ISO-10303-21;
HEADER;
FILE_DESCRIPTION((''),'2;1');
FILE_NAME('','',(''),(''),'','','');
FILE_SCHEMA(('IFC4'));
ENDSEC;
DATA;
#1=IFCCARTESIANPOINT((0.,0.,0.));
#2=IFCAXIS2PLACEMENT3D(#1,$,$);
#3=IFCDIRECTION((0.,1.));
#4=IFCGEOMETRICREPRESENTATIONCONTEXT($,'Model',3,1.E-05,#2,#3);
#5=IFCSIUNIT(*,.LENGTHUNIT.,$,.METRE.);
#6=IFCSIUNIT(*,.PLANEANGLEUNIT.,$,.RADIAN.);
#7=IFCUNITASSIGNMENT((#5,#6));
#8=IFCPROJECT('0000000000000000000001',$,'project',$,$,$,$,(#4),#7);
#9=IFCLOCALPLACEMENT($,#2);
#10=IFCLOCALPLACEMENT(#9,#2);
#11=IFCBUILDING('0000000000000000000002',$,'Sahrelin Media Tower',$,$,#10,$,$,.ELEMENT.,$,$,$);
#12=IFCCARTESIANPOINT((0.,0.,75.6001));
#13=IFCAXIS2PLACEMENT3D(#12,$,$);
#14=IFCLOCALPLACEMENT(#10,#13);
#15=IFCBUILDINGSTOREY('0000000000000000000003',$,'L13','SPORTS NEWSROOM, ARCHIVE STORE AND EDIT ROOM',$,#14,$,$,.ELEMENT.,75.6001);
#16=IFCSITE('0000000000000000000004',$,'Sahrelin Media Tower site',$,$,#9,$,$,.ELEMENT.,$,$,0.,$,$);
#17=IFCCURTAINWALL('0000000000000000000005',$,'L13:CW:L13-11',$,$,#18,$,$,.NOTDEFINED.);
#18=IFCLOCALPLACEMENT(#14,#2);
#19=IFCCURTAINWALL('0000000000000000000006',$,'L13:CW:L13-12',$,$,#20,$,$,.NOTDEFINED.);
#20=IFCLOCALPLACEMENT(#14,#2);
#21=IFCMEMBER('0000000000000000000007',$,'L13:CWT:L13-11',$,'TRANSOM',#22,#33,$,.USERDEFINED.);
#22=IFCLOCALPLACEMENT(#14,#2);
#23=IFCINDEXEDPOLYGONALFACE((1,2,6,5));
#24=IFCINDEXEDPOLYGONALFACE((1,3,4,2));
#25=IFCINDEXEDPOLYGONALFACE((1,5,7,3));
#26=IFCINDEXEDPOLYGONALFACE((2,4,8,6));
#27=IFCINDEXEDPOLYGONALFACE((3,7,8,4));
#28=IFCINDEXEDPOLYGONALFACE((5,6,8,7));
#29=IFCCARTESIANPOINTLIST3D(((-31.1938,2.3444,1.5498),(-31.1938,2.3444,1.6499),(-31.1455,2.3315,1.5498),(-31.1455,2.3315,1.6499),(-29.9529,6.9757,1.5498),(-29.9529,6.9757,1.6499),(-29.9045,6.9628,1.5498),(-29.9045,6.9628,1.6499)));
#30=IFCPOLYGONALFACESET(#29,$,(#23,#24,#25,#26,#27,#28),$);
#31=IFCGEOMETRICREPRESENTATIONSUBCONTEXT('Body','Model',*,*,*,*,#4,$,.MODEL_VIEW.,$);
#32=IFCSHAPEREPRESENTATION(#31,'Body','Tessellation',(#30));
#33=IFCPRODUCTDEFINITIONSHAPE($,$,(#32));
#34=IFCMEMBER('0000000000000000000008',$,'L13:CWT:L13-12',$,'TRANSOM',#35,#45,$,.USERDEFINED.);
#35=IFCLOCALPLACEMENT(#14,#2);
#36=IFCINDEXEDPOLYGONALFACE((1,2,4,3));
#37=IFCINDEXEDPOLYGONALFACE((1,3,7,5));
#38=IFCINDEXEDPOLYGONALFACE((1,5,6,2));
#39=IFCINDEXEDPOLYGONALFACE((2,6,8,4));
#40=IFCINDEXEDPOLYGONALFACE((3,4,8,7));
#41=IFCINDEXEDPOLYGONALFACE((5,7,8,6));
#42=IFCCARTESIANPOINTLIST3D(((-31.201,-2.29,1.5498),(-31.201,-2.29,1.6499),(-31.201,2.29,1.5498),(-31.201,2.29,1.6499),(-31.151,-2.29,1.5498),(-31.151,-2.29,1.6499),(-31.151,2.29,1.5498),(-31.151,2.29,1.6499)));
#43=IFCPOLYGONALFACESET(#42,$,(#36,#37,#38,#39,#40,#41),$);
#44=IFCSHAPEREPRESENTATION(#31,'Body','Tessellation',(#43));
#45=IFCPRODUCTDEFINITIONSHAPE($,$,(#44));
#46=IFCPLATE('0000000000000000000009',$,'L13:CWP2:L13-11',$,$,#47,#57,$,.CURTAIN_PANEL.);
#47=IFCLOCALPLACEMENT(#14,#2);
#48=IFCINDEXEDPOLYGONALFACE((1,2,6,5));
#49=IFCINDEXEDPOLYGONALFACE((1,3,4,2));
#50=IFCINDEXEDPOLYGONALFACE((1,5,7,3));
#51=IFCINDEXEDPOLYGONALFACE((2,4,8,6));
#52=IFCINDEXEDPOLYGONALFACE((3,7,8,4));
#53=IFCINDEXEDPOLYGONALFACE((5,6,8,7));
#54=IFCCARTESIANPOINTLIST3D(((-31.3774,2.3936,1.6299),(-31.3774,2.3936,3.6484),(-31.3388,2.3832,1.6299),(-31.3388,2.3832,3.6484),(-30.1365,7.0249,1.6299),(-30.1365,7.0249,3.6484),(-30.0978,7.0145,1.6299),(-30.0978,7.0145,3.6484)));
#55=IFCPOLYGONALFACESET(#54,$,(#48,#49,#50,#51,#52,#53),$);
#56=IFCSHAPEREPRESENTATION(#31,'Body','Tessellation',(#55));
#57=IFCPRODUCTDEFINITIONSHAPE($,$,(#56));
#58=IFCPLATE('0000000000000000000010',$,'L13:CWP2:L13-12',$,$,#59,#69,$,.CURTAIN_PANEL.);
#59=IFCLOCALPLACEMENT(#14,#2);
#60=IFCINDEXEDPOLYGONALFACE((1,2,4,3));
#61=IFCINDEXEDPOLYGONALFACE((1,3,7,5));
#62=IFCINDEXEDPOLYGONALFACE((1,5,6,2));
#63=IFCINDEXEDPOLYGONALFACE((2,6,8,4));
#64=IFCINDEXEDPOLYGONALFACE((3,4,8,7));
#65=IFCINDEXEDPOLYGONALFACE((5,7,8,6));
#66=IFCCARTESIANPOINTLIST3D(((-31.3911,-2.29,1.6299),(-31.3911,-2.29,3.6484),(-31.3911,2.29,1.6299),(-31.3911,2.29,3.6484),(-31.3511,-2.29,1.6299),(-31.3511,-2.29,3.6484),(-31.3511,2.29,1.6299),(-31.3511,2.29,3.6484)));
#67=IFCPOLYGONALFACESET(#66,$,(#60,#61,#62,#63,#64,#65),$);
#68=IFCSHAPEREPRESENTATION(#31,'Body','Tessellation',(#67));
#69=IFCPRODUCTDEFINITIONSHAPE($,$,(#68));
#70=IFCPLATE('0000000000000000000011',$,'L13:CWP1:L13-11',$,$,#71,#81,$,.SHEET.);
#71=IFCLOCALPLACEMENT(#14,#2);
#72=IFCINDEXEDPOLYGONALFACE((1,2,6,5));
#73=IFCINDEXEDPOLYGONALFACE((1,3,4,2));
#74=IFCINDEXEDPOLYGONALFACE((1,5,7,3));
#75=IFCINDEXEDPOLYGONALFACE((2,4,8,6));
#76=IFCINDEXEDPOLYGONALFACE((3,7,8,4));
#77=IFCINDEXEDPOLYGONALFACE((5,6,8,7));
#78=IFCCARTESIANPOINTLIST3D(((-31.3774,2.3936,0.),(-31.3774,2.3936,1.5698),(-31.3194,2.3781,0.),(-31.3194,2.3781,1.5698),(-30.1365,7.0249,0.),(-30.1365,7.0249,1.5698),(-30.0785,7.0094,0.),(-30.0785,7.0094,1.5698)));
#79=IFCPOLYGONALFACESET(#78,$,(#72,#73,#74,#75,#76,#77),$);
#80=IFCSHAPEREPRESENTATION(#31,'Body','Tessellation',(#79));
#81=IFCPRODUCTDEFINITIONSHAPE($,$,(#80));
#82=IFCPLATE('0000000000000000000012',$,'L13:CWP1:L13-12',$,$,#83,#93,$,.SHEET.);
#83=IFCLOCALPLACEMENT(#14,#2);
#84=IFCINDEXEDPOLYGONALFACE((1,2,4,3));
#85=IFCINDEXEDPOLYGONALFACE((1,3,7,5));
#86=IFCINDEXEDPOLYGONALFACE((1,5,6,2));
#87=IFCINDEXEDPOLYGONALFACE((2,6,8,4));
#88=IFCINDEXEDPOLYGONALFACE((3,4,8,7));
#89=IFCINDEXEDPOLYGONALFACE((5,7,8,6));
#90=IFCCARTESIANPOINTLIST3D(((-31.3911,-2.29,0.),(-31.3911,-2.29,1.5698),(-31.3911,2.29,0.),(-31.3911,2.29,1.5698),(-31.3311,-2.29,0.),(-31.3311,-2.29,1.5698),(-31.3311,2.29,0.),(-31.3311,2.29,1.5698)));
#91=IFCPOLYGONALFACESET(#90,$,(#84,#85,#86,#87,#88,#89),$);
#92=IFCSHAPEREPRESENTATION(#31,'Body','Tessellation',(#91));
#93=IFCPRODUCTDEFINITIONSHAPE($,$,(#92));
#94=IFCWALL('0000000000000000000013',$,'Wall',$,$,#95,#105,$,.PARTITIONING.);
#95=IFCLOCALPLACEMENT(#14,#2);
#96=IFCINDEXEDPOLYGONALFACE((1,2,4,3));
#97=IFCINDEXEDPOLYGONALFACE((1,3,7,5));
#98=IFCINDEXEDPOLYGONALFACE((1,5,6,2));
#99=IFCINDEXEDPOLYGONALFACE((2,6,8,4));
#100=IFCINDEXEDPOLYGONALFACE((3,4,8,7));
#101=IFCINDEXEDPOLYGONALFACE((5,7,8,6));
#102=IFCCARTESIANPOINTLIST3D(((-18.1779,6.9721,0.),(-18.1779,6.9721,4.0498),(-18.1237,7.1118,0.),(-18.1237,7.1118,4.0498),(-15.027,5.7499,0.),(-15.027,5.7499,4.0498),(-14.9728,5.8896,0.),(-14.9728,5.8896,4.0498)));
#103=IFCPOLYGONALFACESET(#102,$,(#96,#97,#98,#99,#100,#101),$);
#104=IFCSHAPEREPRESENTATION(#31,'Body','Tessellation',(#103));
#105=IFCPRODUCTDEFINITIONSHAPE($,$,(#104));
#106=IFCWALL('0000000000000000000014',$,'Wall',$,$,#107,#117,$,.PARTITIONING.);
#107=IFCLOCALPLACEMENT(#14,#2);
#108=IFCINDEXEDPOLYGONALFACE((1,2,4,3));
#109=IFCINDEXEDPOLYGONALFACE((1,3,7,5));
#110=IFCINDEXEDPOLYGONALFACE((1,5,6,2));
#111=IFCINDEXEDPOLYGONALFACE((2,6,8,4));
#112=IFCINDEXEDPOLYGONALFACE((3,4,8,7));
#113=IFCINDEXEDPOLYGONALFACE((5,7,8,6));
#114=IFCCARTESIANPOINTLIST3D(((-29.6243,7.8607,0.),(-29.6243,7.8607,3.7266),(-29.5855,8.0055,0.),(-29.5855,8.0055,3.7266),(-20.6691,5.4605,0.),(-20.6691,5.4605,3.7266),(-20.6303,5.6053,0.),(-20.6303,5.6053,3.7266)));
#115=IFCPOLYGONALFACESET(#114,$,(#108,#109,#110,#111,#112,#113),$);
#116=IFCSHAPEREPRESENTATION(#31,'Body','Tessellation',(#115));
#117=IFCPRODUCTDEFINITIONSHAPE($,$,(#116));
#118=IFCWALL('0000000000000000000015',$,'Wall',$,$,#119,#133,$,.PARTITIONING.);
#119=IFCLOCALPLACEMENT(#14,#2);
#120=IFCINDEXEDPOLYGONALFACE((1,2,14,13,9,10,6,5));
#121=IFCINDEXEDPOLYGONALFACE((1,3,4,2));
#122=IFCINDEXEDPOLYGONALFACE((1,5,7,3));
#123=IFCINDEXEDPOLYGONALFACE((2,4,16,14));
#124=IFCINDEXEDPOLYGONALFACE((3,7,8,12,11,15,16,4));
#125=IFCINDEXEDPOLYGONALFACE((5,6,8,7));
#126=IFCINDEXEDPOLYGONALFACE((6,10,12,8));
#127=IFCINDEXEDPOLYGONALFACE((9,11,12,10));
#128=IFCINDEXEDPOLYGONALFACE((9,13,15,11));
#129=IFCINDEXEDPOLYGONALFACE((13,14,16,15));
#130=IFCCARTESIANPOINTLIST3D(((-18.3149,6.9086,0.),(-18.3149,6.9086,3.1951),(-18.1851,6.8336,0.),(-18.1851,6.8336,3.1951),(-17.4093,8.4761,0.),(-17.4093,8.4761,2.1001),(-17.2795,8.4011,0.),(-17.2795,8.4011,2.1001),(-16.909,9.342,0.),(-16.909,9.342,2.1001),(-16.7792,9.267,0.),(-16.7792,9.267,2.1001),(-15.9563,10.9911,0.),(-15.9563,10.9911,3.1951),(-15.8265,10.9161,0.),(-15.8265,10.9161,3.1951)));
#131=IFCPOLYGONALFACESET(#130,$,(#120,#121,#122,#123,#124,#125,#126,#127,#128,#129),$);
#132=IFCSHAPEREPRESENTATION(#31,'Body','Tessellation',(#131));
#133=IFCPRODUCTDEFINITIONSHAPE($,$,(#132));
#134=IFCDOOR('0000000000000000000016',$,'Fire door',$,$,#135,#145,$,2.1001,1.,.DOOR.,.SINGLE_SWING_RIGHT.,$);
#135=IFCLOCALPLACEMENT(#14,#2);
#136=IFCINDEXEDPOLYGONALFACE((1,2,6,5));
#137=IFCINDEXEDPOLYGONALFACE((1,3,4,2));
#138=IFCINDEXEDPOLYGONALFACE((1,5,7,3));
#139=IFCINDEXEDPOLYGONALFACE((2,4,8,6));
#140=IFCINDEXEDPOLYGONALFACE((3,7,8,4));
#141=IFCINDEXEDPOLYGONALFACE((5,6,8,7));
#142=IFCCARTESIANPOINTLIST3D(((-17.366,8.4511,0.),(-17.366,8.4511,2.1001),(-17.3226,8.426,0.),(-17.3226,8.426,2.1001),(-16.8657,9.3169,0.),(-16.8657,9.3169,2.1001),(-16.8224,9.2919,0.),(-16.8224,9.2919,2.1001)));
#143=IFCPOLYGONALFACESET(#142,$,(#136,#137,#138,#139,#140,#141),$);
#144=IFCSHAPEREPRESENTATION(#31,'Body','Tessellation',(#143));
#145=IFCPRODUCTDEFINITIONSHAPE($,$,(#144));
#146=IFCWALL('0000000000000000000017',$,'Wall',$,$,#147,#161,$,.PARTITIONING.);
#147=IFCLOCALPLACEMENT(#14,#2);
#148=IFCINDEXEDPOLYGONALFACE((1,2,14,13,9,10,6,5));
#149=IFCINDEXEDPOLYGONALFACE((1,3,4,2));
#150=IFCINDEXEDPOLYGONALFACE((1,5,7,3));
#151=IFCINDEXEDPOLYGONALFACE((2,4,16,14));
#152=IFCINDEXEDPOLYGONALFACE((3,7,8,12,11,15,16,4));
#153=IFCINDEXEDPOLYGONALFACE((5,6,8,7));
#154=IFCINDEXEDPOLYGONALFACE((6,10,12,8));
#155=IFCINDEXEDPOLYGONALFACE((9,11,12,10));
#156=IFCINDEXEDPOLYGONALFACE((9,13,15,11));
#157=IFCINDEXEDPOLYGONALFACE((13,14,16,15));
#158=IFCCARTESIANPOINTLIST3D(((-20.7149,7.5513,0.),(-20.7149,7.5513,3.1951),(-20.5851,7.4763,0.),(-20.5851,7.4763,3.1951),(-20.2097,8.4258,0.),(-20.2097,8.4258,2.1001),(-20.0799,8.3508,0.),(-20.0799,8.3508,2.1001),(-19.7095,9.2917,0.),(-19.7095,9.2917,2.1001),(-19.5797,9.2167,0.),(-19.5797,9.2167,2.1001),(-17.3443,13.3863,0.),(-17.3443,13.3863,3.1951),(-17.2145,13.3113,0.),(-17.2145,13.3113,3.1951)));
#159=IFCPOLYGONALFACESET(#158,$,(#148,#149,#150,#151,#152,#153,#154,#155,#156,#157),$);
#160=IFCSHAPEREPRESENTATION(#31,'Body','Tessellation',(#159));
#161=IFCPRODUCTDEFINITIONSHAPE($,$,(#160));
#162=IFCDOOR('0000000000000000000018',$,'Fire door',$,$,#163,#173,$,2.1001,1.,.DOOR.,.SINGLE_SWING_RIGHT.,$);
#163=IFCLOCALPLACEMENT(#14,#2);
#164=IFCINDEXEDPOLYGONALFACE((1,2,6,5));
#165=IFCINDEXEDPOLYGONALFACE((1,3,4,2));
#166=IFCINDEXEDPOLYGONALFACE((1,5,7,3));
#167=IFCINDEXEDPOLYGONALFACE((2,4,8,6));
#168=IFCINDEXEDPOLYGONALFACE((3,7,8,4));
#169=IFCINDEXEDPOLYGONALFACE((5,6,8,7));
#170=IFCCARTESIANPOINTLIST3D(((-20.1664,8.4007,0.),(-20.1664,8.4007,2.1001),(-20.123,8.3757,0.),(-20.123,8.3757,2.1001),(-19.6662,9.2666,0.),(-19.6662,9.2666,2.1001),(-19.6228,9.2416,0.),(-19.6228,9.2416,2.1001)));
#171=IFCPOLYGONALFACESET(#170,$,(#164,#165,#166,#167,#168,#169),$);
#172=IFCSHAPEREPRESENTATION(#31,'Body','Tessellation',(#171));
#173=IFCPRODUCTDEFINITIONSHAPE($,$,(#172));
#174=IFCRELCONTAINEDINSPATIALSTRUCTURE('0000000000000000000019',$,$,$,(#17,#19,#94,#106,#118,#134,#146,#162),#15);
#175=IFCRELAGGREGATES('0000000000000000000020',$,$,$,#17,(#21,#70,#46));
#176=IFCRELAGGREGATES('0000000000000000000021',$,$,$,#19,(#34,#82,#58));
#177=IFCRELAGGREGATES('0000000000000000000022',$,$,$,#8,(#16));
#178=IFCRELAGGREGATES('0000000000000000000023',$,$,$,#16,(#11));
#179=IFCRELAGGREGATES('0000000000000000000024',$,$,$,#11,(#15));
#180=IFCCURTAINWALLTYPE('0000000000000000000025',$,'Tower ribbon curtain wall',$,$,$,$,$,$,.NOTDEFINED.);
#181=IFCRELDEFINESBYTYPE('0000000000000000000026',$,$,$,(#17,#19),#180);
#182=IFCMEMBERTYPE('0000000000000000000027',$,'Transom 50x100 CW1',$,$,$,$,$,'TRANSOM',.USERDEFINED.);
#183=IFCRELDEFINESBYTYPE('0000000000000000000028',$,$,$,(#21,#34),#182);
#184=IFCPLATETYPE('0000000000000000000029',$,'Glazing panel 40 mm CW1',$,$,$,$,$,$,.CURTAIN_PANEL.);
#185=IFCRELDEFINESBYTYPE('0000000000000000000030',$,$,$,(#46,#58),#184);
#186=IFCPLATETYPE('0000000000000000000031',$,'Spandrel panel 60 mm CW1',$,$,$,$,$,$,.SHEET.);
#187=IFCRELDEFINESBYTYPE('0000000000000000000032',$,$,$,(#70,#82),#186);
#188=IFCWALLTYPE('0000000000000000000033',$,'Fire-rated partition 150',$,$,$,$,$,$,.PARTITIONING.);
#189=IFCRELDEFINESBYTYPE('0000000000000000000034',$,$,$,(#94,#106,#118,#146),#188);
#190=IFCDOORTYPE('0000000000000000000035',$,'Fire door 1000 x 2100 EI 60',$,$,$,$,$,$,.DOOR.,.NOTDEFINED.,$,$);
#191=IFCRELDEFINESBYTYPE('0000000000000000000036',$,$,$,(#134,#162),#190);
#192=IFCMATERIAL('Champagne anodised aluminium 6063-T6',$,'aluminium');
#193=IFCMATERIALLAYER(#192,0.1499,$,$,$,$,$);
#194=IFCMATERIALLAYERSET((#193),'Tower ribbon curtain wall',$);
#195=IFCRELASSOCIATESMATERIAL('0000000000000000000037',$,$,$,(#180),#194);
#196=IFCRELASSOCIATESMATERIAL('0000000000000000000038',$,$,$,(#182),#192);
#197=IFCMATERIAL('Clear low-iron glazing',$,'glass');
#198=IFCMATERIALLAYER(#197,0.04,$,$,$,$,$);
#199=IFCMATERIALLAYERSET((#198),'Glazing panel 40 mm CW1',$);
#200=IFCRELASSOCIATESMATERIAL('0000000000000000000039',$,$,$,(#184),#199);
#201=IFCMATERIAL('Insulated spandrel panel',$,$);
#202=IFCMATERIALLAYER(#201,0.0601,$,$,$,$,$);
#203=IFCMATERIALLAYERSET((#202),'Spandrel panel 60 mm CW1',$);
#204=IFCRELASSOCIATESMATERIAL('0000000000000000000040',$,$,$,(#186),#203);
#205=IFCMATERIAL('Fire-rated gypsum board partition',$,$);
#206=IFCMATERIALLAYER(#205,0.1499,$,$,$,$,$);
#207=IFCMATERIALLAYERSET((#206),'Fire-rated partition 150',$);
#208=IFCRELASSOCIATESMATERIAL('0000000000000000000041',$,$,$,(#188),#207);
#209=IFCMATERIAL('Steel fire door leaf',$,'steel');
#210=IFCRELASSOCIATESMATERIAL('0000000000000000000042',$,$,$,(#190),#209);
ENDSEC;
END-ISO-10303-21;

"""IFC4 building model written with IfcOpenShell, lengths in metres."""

from ifc_helpers import new_model, si_unit, direction, frame, frame_2d, origin, origin_2d, place, context, subcontext, project, spatial, polyline, rectangle, outline, extrude, material, layer, layer_set, material_profile, profile_set, type_object, element, fill, aggregate, save


model = new_model("IFC4")

# Units and contexts
model_context = context("Model", 3, precision=1e-05, world=origin(), true_north=direction((0.0, 1.0)))
body_context = subcontext(model_context, "Body", "Model", "MODEL_VIEW")
ifc_project = project(units=[si_unit("LENGTHUNIT", "METRE"), si_unit("PLANEANGLEUNIT", "RADIAN")], contexts=[model_context])

# Site, building, storey
site_placement = place(None, origin())
site = spatial("IfcSite", under=ifc_project, at=site_placement, Name="Sahrelin Media Tower site", CompositionType="ELEMENT", RefElevation=0.0)
building_placement = place(site_placement, origin())
building = spatial("IfcBuilding", under=site, at=building_placement, Name="Sahrelin Media Tower", CompositionType="ELEMENT")
storey_placement = place(building_placement, frame((0.0, 0.0, 75.6001)))
storey = spatial("IfcBuildingStorey", under=building, at=storey_placement, Name="L13", Description="SPORTS NEWSROOM, ARCHIVE STORE AND EDIT ROOM", CompositionType="ELEMENT", Elevation=75.6001)

# Curtain walls
ifc_material_1 = material(Name="Champagne anodised aluminium 6063-T6", Category="aluminium")
ifc_layer_1 = layer(ifc_material_1, 0.1499)
ifc_layer_set_1 = layer_set([ifc_layer_1], Name="Tower ribbon curtain wall")
curtain_wall_type = type_object("IfcCurtainWallType", Name="Tower ribbon curtain wall", PredefinedType="NOTDEFINED", material=ifc_layer_set_1)
curtain_wall_1_placement = place(storey_placement, frame((-30.7375, 4.7041, 0.0), z_axis=(0.0, 0.0, 1.0), x_axis=(1.0, 0.0, 0.0)))
curtain_wall_1 = element("IfcCurtainWall", 1, at=curtain_wall_1_placement, inside=storey, type_object=curtain_wall_type, Name="L13:CW:L13-11", PredefinedType="NOTDEFINED")
curtain_wall_2_placement = place(storey_placement, frame((-31.3711, 0.0, 0.0), z_axis=(0.0, 0.0, 1.0), x_axis=(1.0, 0.0, 0.0)))
curtain_wall_2 = element("IfcCurtainWall", 2, at=curtain_wall_2_placement, inside=storey, type_object=curtain_wall_type, Name="L13:CW:L13-12", PredefinedType="NOTDEFINED")

# Members
ifc_material_profile_1 = material_profile(ifc_material_1, rectangle(XDim=0.05, YDim=0.1001, at=origin_2d()), Name="Transom 50x100")
ifc_profile_set_1 = profile_set([ifc_material_profile_1], Name="Champagne anodised aluminium 6063-T6")
member_type_1 = type_object("IfcMemberType", Name="Transom 50x100 CW1", ElementType="TRANSOM", PredefinedType="USERDEFINED", material=ifc_profile_set_1)
member_1_placement = place(storey_placement, frame((-29.9287, 6.9692, 1.5999), z_axis=(-0.258819, -0.965926, 0.0), x_axis=(0.965926, -0.258819, 0.0)))
member_1 = element("IfcMember", 3, at=member_1_placement, type_object=member_type_1, Name="L13:CWT:L13-11", ObjectType="TRANSOM", PredefinedType="USERDEFINED", context=body_context, shape_type="SweptSolid", body=[
    extrude(rectangle(XDim=0.05, YDim=0.1001, at=origin_2d()), origin(), (0.0, 0.0, 1.0), 4.7947),
])
member_2_placement = place(storey_placement, frame((-31.176, 2.29, 1.5999), z_axis=(0.0, -1.0, 0.0), x_axis=(1.0, 0.0, 0.0)))
member_2 = element("IfcMember", 4, at=member_2_placement, type_object=member_type_1, Name="L13:CWT:L13-12", ObjectType="TRANSOM", PredefinedType="USERDEFINED", context=body_context, shape_type="SweptSolid", body=[
    extrude(rectangle(XDim=0.05, YDim=0.1001, at=origin_2d()), origin(), (0.0, 0.0, 1.0), 4.5801),
])

# Plates
ifc_material_2 = material(Name="Clear low-iron glazing", Category="glass")
ifc_layer_2 = layer(ifc_material_2, 0.04)
ifc_layer_set_2 = layer_set([ifc_layer_2], Name="Glazing panel 40 mm CW1")
plate_type_1 = type_object("IfcPlateType", Name="Glazing panel 40 mm CW1", PredefinedType="CURTAIN_PANEL", material=ifc_layer_set_2)
plate_1_placement = place(storey_placement, frame((-30.1365, 7.0249, 1.6299), z_axis=(-0.965926, 0.258819, 0.0), x_axis=(-0.258819, -0.965926, 0.0)))
plate_1 = element("IfcPlate", 5, at=plate_1_placement, type_object=plate_type_1, Name="L13:CWP2:L13-11", PredefinedType="CURTAIN_PANEL", context=body_context, shape_type="SweptSolid", body=[
    extrude(outline(polyline([(0.0, 0.0), (4.7947, 0.0), (4.7947, 2.0186), (0.0, 2.0186), (0.0, 0.0)])), origin(), (0.0, 0.0, -1.0), 0.04),
])
plate_2_placement = place(storey_placement, frame((-31.3911, 2.29, 1.6299), z_axis=(-1.0, 0.0, 0.0), x_axis=(0.0, -1.0, 0.0)))
plate_2 = element("IfcPlate", 6, at=plate_2_placement, type_object=plate_type_1, Name="L13:CWP2:L13-12", PredefinedType="CURTAIN_PANEL", context=body_context, shape_type="SweptSolid", body=[
    extrude(outline(polyline([(0.0, 0.0), (4.5801, 0.0), (4.5801, 2.0186), (0.0, 2.0186), (0.0, 0.0)])), origin(), (0.0, 0.0, -1.0), 0.04),
])
ifc_material_3 = material(Name="Insulated spandrel panel")
ifc_layer_3 = layer(ifc_material_3, 0.0601)
ifc_layer_set_3 = layer_set([ifc_layer_3], Name="Spandrel panel 60 mm CW1")
plate_type_2 = type_object("IfcPlateType", Name="Spandrel panel 60 mm CW1", PredefinedType="SHEET", material=ifc_layer_set_3)
plate_3_placement = place(storey_placement, frame((-30.1365, 7.0249, 0.0), z_axis=(-0.965926, 0.258819, 0.0), x_axis=(-0.258819, -0.965926, 0.0)))
plate_3 = element("IfcPlate", 7, at=plate_3_placement, type_object=plate_type_2, Name="L13:CWP1:L13-11", PredefinedType="SHEET", context=body_context, shape_type="SweptSolid", body=[
    extrude(outline(polyline([(0.0, 0.0), (4.7947, 0.0), (4.7947, 1.5698), (0.0, 1.5698), (0.0, 0.0)])), origin(), (0.0, 0.0, -1.0), 0.0601),
])
aggregate(curtain_wall_1, [member_1, plate_3, plate_1])
plate_4_placement = place(storey_placement, frame((-31.3911, 2.29, 0.0), z_axis=(-1.0, 0.0, 0.0), x_axis=(0.0, -1.0, 0.0)))
plate_4 = element("IfcPlate", 8, at=plate_4_placement, type_object=plate_type_2, Name="L13:CWP1:L13-12", PredefinedType="SHEET", context=body_context, shape_type="SweptSolid", body=[
    extrude(outline(polyline([(0.0, 0.0), (4.5801, 0.0), (4.5801, 1.5698), (0.0, 1.5698), (0.0, 0.0)])), origin(), (0.0, 0.0, -1.0), 0.0601),
])
aggregate(curtain_wall_2, [member_2, plate_4, plate_2])

# Walls
ifc_material_4 = material(Name="Fire-rated gypsum board partition")
ifc_layer_4 = layer(ifc_material_4, 0.1499)
ifc_layer_set_4 = layer_set([ifc_layer_4], Name="Fire-rated partition 150")
wall_type_1 = type_object("IfcWallType", Name="Fire-rated partition 150", PredefinedType="PARTITIONING", material=ifc_layer_set_4)
wall_1_placement = place(storey_placement, frame((-18.1509, 7.042, 0.0), z_axis=(0.0, 0.0, 1.0), x_axis=(0.932322, -0.36163, 0.0)))
element("IfcWall", 9, at=wall_1_placement, inside=storey, type_object=wall_type_1, Name="Wall", PredefinedType="PARTITIONING", context=body_context, shape_type="SweptSolid", body=[
    extrude(rectangle(XDim=3.3796, YDim=0.1499, at=frame_2d((1.6899, 0.0))), origin(), (0.0, 0.0, 1.0), 4.0498),
])
wall_2_placement = place(storey_placement, frame((-29.605, 7.9331, 0.0), z_axis=(0.0, 0.0, 1.0), x_axis=(0.965909, -0.258884, 0.0)))
element("IfcWall", 10, at=wall_2_placement, inside=storey, type_object=wall_type_1, Name="Wall", PredefinedType="PARTITIONING", context=body_context, shape_type="SweptSolid", body=[
    extrude(rectangle(XDim=9.2712, YDim=0.1499, at=frame_2d((4.6357, 0.0))), origin(), (0.0, 0.0, 1.0), 3.7266),
])

# Walls, openings, doors
wall_3_placement = place(storey_placement, frame((-18.25, 6.8711, 0.0), z_axis=(0.0, 0.0, 1.0), x_axis=(0.500254, 0.865879, 0.0)))
wall_3 = element("IfcWall", 11, at=wall_3_placement, inside=storey, type_object=wall_type_1, Name="Wall", PredefinedType="PARTITIONING", context=body_context, shape_type="SweptSolid", body=[
    extrude(rectangle(XDim=4.7148, YDim=0.1499, at=frame_2d((2.3574, 0.0))), origin(), (0.0, 0.0, 1.0), 3.1951),
])
opening_1_placement = place(wall_3_placement, frame((1.8103, 0.0, 0.0)))
opening_1 = element("IfcOpeningElement", 12, at=opening_1_placement, cuts=wall_3, PredefinedType="OPENING", context=body_context, shape_type="SweptSolid", body=[
    extrude(rectangle(XDim=1.0, YDim=2.1001, at=frame_2d((0.5, 1.05))), frame((0.0, 0.075, 0.0), z_axis=(0.0, -1.0, 0.0), x_axis=(1.0, 0.0, 0.0)), (0.0, 0.0, 1.0), 0.1499),
])
ifc_material_5 = material(Name="Steel fire door leaf", Category="steel")
door_type_1 = type_object("IfcDoorType", Name="Fire door 1000 x 2100 EI 60", OperationType="NOTDEFINED", PredefinedType="DOOR", material=ifc_material_5)
door_1_placement = place(opening_1_placement, origin())
door_1 = element("IfcDoor", 13, at=door_1_placement, inside=storey, type_object=door_type_1, Name="Fire door", OperationType="SINGLE_SWING_RIGHT", OverallHeight=2.1001, OverallWidth=1.0, PredefinedType="DOOR", context=body_context, shape_type="SweptSolid", body=[
    extrude(rectangle(XDim=1.0, YDim=2.1001, at=frame_2d((0.5, 1.05))), frame((0.0, 0.0249, 0.0), z_axis=(0.0, -1.0, 0.0), x_axis=(1.0, 0.0, 0.0)), (0.0, 0.0, 1.0), 0.05),
])
fill(opening_1, door_1)
wall_4_placement = place(storey_placement, frame((-20.6499, 7.5139, 0.0), z_axis=(0.0, 0.0, 1.0), x_axis=(0.500199, 0.86591, 0.0)))
wall_4 = element("IfcWall", 14, at=wall_4_placement, inside=storey, type_object=wall_type_1, Name="Wall", PredefinedType="PARTITIONING", context=body_context, shape_type="SweptSolid", body=[
    extrude(rectangle(XDim=6.7385, YDim=0.1499, at=frame_2d((3.3691, 0.0))), origin(), (0.0, 0.0, 1.0), 3.1951),
])
opening_2_placement = place(wall_4_placement, frame((1.0098, 0.0, 0.0)))
opening_2 = element("IfcOpeningElement", 15, at=opening_2_placement, cuts=wall_4, PredefinedType="OPENING", context=body_context, shape_type="SweptSolid", body=[
    extrude(rectangle(XDim=1.0, YDim=2.1001, at=frame_2d((0.5, 1.05))), frame((0.0, 0.075, 0.0), z_axis=(0.0, -1.0, 0.0), x_axis=(1.0, 0.0, 0.0)), (0.0, 0.0, 1.0), 0.1499),
])
door_2_placement = place(opening_2_placement, origin())
door_2 = element("IfcDoor", 16, at=door_2_placement, inside=storey, type_object=door_type_1, Name="Fire door", OperationType="SINGLE_SWING_RIGHT", OverallHeight=2.1001, OverallWidth=1.0, PredefinedType="DOOR", context=body_context, shape_type="SweptSolid", body=[
    extrude(rectangle(XDim=1.0, YDim=2.1001, at=frame_2d((0.5, 1.05))), frame((0.0, 0.0249, 0.0), z_axis=(0.0, -1.0, 0.0), x_axis=(1.0, 0.0, 0.0)), (0.0, 0.0, 1.0), 0.05),
])
fill(opening_2, door_2)

save(model, "model.ifc")
